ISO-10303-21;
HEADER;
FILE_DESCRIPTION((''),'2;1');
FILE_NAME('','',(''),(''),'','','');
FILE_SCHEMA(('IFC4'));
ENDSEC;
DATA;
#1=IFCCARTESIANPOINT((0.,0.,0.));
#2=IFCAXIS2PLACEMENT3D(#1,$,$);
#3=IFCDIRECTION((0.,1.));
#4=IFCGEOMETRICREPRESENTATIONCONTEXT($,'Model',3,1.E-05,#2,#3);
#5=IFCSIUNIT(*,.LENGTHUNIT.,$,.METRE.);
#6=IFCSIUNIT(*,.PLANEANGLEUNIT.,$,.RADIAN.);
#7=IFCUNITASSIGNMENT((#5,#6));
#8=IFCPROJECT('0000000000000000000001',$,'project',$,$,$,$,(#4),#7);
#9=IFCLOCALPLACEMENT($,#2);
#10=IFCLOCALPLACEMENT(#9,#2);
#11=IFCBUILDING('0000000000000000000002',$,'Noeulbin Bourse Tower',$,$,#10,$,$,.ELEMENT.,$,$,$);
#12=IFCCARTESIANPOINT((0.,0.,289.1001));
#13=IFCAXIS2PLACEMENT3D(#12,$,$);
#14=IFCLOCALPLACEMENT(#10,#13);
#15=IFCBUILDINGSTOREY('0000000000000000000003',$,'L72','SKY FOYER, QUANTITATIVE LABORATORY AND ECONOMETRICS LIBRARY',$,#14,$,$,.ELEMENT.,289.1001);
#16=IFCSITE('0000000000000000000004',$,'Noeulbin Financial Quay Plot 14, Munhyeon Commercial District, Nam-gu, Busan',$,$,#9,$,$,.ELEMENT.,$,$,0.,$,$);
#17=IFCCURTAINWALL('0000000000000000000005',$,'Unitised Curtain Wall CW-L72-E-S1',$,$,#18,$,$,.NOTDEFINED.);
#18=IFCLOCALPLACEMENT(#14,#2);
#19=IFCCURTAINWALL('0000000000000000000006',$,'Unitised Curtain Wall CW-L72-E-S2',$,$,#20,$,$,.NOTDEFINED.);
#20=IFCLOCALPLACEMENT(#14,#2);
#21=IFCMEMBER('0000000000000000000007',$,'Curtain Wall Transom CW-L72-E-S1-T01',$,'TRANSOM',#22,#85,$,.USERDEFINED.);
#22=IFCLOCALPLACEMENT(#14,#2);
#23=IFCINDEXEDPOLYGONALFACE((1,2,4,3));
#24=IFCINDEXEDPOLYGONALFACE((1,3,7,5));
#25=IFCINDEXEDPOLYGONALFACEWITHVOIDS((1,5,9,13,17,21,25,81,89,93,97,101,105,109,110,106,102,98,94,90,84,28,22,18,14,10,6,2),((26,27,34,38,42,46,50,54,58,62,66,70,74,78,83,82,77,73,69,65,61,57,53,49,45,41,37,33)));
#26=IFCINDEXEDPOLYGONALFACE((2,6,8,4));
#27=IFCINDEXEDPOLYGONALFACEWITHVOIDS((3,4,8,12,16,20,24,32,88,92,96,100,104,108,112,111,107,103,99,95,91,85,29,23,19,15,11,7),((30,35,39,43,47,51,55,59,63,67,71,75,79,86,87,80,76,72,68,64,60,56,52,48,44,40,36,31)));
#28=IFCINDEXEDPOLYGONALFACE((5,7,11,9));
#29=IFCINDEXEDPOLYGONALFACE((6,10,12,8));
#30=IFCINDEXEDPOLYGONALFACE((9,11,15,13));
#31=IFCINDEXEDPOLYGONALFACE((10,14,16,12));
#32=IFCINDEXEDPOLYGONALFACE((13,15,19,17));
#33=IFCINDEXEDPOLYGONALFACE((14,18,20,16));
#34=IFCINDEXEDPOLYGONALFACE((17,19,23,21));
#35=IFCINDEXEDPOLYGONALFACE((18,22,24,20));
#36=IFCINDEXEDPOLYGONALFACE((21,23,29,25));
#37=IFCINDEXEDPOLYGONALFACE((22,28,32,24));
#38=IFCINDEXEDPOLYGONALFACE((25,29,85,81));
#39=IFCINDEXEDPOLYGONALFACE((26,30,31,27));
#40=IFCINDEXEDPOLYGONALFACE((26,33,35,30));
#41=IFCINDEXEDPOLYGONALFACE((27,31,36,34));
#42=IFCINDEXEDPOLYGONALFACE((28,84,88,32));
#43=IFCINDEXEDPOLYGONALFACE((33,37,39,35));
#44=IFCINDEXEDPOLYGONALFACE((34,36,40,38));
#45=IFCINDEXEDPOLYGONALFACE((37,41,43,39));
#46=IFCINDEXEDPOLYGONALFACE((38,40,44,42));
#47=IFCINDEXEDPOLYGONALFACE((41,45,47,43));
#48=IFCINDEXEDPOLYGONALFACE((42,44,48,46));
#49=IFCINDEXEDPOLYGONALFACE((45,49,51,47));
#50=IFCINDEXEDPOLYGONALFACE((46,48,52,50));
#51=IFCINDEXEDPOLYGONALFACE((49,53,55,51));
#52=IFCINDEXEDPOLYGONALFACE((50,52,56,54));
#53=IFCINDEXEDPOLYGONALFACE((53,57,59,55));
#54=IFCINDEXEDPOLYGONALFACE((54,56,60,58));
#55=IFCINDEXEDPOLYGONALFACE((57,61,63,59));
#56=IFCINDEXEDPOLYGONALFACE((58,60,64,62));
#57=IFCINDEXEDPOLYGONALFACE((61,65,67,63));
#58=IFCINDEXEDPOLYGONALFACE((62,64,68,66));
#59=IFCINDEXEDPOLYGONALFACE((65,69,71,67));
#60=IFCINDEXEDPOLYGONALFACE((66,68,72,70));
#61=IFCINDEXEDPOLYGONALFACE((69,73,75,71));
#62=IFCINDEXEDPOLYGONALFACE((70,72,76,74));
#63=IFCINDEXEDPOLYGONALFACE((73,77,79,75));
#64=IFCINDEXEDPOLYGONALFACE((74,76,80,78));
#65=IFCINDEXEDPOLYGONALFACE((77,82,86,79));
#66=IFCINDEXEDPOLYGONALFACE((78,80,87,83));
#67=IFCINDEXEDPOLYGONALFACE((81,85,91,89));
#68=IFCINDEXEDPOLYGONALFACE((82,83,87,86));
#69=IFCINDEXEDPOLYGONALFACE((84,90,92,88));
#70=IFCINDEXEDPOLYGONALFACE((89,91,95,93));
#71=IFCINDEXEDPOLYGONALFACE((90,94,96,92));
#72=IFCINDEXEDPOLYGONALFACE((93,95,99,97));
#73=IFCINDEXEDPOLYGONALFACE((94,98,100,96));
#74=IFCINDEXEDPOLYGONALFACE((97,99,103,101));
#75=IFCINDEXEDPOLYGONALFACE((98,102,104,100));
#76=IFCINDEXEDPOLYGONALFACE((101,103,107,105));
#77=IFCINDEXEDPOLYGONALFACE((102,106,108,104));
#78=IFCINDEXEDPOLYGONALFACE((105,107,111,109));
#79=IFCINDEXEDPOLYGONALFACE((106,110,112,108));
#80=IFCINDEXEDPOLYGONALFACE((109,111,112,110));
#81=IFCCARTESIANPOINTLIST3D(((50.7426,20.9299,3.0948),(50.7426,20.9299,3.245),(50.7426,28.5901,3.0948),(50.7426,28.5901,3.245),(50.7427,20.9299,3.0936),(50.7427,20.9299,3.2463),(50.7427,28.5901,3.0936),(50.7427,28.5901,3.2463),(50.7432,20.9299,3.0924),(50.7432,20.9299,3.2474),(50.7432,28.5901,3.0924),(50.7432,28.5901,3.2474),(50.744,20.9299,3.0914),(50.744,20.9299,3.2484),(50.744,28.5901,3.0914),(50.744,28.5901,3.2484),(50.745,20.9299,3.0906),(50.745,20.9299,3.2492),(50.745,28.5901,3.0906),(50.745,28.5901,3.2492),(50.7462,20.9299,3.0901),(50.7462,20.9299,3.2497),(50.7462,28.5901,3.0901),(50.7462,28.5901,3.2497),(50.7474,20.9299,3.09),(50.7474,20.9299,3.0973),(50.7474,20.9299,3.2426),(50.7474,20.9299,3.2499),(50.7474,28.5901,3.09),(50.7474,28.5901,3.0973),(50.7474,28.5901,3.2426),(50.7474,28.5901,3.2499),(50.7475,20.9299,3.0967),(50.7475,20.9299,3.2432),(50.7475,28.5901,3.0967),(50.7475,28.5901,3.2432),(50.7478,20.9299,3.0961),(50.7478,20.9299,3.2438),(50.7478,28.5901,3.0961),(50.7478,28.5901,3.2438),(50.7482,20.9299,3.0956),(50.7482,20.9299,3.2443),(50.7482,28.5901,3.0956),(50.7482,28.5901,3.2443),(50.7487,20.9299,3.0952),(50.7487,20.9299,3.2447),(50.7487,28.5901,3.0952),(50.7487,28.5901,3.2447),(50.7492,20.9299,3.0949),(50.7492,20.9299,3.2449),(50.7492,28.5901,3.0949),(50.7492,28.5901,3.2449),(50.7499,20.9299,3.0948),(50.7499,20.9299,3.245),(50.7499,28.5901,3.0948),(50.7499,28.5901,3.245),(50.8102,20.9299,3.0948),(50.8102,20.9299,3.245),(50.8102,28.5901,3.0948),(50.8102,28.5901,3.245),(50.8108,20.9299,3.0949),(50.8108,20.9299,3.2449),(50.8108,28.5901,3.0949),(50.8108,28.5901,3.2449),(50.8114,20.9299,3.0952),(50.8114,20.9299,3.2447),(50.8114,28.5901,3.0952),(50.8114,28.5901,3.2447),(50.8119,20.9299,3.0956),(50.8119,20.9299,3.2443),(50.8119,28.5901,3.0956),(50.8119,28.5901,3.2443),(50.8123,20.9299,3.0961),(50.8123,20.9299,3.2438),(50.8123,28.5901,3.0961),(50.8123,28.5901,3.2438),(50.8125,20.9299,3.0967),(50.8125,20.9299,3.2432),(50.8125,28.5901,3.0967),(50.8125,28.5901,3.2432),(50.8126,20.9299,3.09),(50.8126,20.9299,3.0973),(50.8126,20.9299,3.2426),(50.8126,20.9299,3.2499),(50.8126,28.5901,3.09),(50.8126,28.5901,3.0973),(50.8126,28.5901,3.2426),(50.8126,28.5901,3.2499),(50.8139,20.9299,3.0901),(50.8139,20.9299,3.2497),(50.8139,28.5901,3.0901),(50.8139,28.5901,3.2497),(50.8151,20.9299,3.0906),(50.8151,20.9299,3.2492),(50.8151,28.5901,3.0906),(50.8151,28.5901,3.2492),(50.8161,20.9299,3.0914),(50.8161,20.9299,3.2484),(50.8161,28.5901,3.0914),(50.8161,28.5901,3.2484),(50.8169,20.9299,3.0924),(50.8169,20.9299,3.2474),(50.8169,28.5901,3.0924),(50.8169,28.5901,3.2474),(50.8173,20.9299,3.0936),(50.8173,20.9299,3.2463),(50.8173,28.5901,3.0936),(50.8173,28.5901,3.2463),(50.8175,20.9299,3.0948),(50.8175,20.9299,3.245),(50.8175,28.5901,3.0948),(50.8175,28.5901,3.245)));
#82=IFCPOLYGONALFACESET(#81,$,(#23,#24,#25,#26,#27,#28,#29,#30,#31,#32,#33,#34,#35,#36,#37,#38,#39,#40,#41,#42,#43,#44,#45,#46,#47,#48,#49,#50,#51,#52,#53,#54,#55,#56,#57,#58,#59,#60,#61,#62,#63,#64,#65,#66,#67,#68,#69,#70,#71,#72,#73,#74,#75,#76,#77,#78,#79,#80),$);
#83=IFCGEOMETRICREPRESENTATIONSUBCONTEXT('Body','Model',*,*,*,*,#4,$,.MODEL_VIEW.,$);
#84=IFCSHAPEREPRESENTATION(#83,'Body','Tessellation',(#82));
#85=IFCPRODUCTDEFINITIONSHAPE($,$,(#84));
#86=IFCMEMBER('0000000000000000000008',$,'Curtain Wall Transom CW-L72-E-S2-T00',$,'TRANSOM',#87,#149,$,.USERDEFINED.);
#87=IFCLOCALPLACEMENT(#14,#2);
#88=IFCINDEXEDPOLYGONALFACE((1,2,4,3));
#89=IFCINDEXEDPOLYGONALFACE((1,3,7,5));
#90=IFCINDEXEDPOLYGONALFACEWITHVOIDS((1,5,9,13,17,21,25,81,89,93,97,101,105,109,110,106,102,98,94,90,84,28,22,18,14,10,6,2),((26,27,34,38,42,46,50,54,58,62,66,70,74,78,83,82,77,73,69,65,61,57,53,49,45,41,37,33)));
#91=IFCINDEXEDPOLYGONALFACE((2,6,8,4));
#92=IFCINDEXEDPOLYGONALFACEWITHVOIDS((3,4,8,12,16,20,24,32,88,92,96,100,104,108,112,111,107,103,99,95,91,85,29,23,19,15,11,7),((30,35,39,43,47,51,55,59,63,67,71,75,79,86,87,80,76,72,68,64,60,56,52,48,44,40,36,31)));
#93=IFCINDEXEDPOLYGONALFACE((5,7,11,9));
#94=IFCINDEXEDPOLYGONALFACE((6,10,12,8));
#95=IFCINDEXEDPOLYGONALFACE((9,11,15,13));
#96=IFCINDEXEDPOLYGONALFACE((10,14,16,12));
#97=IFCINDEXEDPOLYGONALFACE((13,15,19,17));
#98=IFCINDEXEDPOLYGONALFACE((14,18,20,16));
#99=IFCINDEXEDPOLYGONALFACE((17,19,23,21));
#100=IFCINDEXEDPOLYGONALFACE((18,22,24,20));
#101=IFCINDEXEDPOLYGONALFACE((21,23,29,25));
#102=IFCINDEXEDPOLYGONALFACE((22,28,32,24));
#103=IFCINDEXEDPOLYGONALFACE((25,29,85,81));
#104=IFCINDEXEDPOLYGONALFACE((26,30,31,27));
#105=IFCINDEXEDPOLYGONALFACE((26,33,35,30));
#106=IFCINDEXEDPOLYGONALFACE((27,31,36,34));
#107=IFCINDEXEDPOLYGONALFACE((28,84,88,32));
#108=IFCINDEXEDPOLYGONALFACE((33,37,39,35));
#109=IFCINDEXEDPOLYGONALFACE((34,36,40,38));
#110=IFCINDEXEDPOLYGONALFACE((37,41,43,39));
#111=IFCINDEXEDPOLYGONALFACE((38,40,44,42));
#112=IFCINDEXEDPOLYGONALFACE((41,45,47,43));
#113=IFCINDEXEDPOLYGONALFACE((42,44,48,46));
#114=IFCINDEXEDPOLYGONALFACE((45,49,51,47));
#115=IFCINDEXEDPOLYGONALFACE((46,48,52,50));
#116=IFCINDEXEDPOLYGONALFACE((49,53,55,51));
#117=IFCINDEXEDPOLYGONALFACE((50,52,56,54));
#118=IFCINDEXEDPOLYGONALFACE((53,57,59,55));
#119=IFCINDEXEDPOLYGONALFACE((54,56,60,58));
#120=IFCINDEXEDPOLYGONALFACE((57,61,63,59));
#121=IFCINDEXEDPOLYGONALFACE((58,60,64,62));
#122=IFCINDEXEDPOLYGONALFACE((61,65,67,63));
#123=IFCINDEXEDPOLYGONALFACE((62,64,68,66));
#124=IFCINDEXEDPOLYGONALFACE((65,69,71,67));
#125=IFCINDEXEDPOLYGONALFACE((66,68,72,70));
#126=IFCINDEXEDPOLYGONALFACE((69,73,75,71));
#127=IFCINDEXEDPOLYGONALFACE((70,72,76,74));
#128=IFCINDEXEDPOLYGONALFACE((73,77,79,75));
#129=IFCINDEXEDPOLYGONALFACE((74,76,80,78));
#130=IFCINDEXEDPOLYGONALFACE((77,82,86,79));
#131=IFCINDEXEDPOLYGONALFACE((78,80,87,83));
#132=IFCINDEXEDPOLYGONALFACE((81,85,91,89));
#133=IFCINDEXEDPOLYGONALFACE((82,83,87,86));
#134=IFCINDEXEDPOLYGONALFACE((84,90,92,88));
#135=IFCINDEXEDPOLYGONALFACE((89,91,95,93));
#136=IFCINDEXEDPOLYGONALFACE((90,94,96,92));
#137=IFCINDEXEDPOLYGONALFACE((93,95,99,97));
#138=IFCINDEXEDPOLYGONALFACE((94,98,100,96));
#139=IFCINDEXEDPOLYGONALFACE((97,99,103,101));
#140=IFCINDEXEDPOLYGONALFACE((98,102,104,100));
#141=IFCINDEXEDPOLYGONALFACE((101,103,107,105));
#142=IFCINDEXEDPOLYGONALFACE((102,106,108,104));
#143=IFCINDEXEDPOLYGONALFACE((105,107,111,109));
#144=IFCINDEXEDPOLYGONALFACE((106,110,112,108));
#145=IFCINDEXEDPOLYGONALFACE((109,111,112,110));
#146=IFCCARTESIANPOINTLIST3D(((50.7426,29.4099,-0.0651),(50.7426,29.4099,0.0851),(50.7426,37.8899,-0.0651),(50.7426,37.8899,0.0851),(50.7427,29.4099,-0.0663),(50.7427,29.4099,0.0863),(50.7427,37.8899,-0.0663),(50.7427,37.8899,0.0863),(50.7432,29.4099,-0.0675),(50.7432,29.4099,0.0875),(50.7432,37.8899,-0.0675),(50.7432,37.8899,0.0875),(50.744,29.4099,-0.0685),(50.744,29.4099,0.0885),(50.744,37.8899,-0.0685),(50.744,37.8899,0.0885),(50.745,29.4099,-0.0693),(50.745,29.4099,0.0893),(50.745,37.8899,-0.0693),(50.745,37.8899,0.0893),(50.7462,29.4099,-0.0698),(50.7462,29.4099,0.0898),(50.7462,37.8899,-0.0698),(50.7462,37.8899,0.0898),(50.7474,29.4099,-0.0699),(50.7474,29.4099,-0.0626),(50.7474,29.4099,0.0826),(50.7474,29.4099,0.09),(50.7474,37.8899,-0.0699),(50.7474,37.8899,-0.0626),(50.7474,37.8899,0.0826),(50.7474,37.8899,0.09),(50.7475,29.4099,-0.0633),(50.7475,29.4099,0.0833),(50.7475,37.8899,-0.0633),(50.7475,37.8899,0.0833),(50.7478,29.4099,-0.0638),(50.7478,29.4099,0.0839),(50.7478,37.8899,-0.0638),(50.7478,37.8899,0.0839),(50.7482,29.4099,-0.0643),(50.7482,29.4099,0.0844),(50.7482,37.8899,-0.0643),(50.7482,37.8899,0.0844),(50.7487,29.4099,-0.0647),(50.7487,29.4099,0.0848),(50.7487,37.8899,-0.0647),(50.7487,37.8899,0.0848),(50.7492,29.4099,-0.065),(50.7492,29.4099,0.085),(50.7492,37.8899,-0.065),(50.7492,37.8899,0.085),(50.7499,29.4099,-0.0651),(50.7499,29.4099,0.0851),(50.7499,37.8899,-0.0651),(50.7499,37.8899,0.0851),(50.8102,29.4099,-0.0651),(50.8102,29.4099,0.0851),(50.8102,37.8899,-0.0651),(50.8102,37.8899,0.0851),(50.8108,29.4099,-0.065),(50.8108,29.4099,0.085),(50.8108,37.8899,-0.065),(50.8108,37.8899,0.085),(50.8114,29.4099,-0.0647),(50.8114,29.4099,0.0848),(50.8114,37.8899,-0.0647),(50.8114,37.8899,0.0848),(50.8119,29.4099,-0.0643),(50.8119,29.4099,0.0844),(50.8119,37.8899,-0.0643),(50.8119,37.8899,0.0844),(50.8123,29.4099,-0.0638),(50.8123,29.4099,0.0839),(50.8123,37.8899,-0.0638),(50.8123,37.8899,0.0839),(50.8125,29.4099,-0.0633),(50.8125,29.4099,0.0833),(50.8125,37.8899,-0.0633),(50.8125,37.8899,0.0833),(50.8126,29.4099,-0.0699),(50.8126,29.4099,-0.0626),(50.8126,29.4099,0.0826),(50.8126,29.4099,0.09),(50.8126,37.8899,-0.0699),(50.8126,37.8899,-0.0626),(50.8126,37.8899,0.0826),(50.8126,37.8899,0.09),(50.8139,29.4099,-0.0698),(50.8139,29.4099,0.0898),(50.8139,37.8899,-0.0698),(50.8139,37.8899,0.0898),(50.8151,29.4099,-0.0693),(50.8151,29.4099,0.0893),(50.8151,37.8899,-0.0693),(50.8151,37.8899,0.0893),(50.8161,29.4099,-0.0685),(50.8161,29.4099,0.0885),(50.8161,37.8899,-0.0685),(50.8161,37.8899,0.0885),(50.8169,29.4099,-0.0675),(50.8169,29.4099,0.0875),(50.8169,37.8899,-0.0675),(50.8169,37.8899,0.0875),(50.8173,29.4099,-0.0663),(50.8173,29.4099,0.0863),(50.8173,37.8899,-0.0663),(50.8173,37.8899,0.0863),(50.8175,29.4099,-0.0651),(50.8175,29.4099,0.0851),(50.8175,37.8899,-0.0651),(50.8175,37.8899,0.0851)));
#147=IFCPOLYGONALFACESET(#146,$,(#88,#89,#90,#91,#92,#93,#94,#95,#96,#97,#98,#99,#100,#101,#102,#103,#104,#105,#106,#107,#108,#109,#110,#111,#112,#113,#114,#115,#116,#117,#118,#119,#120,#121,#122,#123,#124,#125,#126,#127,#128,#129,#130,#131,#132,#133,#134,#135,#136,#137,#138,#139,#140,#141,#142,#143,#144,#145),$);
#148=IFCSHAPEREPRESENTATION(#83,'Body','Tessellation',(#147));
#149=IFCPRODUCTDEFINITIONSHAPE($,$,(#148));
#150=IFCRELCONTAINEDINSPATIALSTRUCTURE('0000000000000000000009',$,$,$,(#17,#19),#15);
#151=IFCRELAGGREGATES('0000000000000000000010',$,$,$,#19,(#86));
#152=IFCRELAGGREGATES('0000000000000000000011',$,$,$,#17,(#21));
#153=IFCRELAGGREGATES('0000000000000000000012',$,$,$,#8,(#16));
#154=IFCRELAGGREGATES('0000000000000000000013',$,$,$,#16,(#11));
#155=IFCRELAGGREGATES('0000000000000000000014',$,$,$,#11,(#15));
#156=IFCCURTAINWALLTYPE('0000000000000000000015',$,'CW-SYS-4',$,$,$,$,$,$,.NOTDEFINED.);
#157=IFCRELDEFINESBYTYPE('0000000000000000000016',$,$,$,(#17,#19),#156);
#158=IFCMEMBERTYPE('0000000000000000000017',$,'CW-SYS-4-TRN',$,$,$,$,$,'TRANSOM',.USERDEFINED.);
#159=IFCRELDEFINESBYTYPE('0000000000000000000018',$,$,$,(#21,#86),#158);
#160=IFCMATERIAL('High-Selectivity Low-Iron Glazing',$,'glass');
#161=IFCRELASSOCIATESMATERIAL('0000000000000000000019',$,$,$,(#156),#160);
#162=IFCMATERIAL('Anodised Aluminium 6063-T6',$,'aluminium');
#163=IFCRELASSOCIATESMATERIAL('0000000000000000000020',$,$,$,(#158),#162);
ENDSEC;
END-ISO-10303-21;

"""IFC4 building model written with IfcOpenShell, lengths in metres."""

from ifc_helpers import new_model, si_unit, direction, frame, origin, origin_2d, place, context, subcontext, project, spatial, hollow_rectangle, extrude, material, material_profile, profile_set, type_object, element, aggregate, save


model = new_model("IFC4")

# Units and contexts
model_context = context("Model", 3, precision=1e-05, world=origin(), true_north=direction((0.0, 1.0)))
body_context = subcontext(model_context, "Body", "Model", "MODEL_VIEW")
ifc_project = project(units=[si_unit("LENGTHUNIT", "METRE"), si_unit("PLANEANGLEUNIT", "RADIAN")], contexts=[model_context])

# Site, building, storey
site_placement = place(None, origin())
site = spatial("IfcSite", under=ifc_project, at=site_placement, Name="Noeulbin Financial Quay Plot 14, Munhyeon Commercial District, Nam-gu, Busan", CompositionType="ELEMENT", RefElevation=0.0)
building_placement = place(site_placement, origin())
building = spatial("IfcBuilding", under=site, at=building_placement, Name="Noeulbin Bourse Tower", CompositionType="ELEMENT")
storey_placement = place(building_placement, frame((0.0, 0.0, 289.1001)))
storey = spatial("IfcBuildingStorey", under=building, at=storey_placement, Name="L72", Description="SKY FOYER, QUANTITATIVE LABORATORY AND ECONOMETRICS LIBRARY", CompositionType="ELEMENT", Elevation=289.1001)

# Curtain wall
ifc_material_1 = material(Name="High-Selectivity Low-Iron Glazing", Category="glass")
curtain_wall_type = type_object("IfcCurtainWallType", Name="CW-SYS-4", PredefinedType="NOTDEFINED", material=ifc_material_1)
ifc_material_2 = material(Name="Anodised Aluminium 6063-T6", Category="aluminium")
curtain_wall_1_placement = place(storey_placement, origin())
curtain_wall_1 = element("IfcCurtainWall", 1, at=curtain_wall_1_placement, inside=storey, type_object=curtain_wall_type, Name="Unitised Curtain Wall CW-L72-E-S1", PredefinedType="NOTDEFINED")

# Curtain wall
curtain_wall_2_placement = place(storey_placement, origin())
curtain_wall_2 = element("IfcCurtainWall", 2, at=curtain_wall_2_placement, inside=storey, type_object=curtain_wall_type, Name="Unitised Curtain Wall CW-L72-E-S2", PredefinedType="NOTDEFINED")

# Members
ifc_material_profile_1 = material_profile(ifc_material_2, hollow_rectangle(XDim=0.075, YDim=0.1599, WallThickness=0.0049, InnerFilletRadius=0.0024, OuterFilletRadius=0.0049, at=origin_2d()), Name="ALU-TRAN-75x160x5", Category="LoadBearing")
ifc_profile_set_1 = profile_set([ifc_material_profile_1], Name="Anodised Aluminium 6063-T6")
member_type_1 = type_object("IfcMemberType", Name="CW-SYS-4-TRN", ElementType="TRANSOM", PredefinedType="USERDEFINED", material=ifc_profile_set_1)
member_1_placement = place(storey_placement, frame((50.78, 20.9299, 3.1699), z_axis=(0.0, 1.0, 0.0), x_axis=(-1.0, 0.0, 0.0)))
member_1 = element("IfcMember", 3, at=member_1_placement, type_object=member_type_1, Name="Curtain Wall Transom CW-L72-E-S1-T01", ObjectType="TRANSOM", PredefinedType="USERDEFINED", context=body_context, shape_type="SweptSolid", body=[
    extrude(hollow_rectangle(XDim=0.075, YDim=0.1599, WallThickness=0.0049, InnerFilletRadius=0.0024, OuterFilletRadius=0.0049, at=origin_2d()), origin(), (0.0, 0.0, 1.0), 7.6602),
])
member_2_placement = place(storey_placement, frame((50.78, 29.4099, 0.01), z_axis=(0.0, 1.0, 0.0), x_axis=(-1.0, 0.0, 0.0)))
member_2 = element("IfcMember", 4, at=member_2_placement, type_object=member_type_1, Name="Curtain Wall Transom CW-L72-E-S2-T00", ObjectType="TRANSOM", PredefinedType="USERDEFINED", context=body_context, shape_type="SweptSolid", body=[
    extrude(hollow_rectangle(XDim=0.075, YDim=0.1599, WallThickness=0.0049, InnerFilletRadius=0.0024, OuterFilletRadius=0.0049, at=origin_2d()), origin(), (0.0, 0.0, 1.0), 8.48),
])
aggregate(curtain_wall_2, [member_2])

aggregate(curtain_wall_1, [member_1])

save(model, "model.ifc")
